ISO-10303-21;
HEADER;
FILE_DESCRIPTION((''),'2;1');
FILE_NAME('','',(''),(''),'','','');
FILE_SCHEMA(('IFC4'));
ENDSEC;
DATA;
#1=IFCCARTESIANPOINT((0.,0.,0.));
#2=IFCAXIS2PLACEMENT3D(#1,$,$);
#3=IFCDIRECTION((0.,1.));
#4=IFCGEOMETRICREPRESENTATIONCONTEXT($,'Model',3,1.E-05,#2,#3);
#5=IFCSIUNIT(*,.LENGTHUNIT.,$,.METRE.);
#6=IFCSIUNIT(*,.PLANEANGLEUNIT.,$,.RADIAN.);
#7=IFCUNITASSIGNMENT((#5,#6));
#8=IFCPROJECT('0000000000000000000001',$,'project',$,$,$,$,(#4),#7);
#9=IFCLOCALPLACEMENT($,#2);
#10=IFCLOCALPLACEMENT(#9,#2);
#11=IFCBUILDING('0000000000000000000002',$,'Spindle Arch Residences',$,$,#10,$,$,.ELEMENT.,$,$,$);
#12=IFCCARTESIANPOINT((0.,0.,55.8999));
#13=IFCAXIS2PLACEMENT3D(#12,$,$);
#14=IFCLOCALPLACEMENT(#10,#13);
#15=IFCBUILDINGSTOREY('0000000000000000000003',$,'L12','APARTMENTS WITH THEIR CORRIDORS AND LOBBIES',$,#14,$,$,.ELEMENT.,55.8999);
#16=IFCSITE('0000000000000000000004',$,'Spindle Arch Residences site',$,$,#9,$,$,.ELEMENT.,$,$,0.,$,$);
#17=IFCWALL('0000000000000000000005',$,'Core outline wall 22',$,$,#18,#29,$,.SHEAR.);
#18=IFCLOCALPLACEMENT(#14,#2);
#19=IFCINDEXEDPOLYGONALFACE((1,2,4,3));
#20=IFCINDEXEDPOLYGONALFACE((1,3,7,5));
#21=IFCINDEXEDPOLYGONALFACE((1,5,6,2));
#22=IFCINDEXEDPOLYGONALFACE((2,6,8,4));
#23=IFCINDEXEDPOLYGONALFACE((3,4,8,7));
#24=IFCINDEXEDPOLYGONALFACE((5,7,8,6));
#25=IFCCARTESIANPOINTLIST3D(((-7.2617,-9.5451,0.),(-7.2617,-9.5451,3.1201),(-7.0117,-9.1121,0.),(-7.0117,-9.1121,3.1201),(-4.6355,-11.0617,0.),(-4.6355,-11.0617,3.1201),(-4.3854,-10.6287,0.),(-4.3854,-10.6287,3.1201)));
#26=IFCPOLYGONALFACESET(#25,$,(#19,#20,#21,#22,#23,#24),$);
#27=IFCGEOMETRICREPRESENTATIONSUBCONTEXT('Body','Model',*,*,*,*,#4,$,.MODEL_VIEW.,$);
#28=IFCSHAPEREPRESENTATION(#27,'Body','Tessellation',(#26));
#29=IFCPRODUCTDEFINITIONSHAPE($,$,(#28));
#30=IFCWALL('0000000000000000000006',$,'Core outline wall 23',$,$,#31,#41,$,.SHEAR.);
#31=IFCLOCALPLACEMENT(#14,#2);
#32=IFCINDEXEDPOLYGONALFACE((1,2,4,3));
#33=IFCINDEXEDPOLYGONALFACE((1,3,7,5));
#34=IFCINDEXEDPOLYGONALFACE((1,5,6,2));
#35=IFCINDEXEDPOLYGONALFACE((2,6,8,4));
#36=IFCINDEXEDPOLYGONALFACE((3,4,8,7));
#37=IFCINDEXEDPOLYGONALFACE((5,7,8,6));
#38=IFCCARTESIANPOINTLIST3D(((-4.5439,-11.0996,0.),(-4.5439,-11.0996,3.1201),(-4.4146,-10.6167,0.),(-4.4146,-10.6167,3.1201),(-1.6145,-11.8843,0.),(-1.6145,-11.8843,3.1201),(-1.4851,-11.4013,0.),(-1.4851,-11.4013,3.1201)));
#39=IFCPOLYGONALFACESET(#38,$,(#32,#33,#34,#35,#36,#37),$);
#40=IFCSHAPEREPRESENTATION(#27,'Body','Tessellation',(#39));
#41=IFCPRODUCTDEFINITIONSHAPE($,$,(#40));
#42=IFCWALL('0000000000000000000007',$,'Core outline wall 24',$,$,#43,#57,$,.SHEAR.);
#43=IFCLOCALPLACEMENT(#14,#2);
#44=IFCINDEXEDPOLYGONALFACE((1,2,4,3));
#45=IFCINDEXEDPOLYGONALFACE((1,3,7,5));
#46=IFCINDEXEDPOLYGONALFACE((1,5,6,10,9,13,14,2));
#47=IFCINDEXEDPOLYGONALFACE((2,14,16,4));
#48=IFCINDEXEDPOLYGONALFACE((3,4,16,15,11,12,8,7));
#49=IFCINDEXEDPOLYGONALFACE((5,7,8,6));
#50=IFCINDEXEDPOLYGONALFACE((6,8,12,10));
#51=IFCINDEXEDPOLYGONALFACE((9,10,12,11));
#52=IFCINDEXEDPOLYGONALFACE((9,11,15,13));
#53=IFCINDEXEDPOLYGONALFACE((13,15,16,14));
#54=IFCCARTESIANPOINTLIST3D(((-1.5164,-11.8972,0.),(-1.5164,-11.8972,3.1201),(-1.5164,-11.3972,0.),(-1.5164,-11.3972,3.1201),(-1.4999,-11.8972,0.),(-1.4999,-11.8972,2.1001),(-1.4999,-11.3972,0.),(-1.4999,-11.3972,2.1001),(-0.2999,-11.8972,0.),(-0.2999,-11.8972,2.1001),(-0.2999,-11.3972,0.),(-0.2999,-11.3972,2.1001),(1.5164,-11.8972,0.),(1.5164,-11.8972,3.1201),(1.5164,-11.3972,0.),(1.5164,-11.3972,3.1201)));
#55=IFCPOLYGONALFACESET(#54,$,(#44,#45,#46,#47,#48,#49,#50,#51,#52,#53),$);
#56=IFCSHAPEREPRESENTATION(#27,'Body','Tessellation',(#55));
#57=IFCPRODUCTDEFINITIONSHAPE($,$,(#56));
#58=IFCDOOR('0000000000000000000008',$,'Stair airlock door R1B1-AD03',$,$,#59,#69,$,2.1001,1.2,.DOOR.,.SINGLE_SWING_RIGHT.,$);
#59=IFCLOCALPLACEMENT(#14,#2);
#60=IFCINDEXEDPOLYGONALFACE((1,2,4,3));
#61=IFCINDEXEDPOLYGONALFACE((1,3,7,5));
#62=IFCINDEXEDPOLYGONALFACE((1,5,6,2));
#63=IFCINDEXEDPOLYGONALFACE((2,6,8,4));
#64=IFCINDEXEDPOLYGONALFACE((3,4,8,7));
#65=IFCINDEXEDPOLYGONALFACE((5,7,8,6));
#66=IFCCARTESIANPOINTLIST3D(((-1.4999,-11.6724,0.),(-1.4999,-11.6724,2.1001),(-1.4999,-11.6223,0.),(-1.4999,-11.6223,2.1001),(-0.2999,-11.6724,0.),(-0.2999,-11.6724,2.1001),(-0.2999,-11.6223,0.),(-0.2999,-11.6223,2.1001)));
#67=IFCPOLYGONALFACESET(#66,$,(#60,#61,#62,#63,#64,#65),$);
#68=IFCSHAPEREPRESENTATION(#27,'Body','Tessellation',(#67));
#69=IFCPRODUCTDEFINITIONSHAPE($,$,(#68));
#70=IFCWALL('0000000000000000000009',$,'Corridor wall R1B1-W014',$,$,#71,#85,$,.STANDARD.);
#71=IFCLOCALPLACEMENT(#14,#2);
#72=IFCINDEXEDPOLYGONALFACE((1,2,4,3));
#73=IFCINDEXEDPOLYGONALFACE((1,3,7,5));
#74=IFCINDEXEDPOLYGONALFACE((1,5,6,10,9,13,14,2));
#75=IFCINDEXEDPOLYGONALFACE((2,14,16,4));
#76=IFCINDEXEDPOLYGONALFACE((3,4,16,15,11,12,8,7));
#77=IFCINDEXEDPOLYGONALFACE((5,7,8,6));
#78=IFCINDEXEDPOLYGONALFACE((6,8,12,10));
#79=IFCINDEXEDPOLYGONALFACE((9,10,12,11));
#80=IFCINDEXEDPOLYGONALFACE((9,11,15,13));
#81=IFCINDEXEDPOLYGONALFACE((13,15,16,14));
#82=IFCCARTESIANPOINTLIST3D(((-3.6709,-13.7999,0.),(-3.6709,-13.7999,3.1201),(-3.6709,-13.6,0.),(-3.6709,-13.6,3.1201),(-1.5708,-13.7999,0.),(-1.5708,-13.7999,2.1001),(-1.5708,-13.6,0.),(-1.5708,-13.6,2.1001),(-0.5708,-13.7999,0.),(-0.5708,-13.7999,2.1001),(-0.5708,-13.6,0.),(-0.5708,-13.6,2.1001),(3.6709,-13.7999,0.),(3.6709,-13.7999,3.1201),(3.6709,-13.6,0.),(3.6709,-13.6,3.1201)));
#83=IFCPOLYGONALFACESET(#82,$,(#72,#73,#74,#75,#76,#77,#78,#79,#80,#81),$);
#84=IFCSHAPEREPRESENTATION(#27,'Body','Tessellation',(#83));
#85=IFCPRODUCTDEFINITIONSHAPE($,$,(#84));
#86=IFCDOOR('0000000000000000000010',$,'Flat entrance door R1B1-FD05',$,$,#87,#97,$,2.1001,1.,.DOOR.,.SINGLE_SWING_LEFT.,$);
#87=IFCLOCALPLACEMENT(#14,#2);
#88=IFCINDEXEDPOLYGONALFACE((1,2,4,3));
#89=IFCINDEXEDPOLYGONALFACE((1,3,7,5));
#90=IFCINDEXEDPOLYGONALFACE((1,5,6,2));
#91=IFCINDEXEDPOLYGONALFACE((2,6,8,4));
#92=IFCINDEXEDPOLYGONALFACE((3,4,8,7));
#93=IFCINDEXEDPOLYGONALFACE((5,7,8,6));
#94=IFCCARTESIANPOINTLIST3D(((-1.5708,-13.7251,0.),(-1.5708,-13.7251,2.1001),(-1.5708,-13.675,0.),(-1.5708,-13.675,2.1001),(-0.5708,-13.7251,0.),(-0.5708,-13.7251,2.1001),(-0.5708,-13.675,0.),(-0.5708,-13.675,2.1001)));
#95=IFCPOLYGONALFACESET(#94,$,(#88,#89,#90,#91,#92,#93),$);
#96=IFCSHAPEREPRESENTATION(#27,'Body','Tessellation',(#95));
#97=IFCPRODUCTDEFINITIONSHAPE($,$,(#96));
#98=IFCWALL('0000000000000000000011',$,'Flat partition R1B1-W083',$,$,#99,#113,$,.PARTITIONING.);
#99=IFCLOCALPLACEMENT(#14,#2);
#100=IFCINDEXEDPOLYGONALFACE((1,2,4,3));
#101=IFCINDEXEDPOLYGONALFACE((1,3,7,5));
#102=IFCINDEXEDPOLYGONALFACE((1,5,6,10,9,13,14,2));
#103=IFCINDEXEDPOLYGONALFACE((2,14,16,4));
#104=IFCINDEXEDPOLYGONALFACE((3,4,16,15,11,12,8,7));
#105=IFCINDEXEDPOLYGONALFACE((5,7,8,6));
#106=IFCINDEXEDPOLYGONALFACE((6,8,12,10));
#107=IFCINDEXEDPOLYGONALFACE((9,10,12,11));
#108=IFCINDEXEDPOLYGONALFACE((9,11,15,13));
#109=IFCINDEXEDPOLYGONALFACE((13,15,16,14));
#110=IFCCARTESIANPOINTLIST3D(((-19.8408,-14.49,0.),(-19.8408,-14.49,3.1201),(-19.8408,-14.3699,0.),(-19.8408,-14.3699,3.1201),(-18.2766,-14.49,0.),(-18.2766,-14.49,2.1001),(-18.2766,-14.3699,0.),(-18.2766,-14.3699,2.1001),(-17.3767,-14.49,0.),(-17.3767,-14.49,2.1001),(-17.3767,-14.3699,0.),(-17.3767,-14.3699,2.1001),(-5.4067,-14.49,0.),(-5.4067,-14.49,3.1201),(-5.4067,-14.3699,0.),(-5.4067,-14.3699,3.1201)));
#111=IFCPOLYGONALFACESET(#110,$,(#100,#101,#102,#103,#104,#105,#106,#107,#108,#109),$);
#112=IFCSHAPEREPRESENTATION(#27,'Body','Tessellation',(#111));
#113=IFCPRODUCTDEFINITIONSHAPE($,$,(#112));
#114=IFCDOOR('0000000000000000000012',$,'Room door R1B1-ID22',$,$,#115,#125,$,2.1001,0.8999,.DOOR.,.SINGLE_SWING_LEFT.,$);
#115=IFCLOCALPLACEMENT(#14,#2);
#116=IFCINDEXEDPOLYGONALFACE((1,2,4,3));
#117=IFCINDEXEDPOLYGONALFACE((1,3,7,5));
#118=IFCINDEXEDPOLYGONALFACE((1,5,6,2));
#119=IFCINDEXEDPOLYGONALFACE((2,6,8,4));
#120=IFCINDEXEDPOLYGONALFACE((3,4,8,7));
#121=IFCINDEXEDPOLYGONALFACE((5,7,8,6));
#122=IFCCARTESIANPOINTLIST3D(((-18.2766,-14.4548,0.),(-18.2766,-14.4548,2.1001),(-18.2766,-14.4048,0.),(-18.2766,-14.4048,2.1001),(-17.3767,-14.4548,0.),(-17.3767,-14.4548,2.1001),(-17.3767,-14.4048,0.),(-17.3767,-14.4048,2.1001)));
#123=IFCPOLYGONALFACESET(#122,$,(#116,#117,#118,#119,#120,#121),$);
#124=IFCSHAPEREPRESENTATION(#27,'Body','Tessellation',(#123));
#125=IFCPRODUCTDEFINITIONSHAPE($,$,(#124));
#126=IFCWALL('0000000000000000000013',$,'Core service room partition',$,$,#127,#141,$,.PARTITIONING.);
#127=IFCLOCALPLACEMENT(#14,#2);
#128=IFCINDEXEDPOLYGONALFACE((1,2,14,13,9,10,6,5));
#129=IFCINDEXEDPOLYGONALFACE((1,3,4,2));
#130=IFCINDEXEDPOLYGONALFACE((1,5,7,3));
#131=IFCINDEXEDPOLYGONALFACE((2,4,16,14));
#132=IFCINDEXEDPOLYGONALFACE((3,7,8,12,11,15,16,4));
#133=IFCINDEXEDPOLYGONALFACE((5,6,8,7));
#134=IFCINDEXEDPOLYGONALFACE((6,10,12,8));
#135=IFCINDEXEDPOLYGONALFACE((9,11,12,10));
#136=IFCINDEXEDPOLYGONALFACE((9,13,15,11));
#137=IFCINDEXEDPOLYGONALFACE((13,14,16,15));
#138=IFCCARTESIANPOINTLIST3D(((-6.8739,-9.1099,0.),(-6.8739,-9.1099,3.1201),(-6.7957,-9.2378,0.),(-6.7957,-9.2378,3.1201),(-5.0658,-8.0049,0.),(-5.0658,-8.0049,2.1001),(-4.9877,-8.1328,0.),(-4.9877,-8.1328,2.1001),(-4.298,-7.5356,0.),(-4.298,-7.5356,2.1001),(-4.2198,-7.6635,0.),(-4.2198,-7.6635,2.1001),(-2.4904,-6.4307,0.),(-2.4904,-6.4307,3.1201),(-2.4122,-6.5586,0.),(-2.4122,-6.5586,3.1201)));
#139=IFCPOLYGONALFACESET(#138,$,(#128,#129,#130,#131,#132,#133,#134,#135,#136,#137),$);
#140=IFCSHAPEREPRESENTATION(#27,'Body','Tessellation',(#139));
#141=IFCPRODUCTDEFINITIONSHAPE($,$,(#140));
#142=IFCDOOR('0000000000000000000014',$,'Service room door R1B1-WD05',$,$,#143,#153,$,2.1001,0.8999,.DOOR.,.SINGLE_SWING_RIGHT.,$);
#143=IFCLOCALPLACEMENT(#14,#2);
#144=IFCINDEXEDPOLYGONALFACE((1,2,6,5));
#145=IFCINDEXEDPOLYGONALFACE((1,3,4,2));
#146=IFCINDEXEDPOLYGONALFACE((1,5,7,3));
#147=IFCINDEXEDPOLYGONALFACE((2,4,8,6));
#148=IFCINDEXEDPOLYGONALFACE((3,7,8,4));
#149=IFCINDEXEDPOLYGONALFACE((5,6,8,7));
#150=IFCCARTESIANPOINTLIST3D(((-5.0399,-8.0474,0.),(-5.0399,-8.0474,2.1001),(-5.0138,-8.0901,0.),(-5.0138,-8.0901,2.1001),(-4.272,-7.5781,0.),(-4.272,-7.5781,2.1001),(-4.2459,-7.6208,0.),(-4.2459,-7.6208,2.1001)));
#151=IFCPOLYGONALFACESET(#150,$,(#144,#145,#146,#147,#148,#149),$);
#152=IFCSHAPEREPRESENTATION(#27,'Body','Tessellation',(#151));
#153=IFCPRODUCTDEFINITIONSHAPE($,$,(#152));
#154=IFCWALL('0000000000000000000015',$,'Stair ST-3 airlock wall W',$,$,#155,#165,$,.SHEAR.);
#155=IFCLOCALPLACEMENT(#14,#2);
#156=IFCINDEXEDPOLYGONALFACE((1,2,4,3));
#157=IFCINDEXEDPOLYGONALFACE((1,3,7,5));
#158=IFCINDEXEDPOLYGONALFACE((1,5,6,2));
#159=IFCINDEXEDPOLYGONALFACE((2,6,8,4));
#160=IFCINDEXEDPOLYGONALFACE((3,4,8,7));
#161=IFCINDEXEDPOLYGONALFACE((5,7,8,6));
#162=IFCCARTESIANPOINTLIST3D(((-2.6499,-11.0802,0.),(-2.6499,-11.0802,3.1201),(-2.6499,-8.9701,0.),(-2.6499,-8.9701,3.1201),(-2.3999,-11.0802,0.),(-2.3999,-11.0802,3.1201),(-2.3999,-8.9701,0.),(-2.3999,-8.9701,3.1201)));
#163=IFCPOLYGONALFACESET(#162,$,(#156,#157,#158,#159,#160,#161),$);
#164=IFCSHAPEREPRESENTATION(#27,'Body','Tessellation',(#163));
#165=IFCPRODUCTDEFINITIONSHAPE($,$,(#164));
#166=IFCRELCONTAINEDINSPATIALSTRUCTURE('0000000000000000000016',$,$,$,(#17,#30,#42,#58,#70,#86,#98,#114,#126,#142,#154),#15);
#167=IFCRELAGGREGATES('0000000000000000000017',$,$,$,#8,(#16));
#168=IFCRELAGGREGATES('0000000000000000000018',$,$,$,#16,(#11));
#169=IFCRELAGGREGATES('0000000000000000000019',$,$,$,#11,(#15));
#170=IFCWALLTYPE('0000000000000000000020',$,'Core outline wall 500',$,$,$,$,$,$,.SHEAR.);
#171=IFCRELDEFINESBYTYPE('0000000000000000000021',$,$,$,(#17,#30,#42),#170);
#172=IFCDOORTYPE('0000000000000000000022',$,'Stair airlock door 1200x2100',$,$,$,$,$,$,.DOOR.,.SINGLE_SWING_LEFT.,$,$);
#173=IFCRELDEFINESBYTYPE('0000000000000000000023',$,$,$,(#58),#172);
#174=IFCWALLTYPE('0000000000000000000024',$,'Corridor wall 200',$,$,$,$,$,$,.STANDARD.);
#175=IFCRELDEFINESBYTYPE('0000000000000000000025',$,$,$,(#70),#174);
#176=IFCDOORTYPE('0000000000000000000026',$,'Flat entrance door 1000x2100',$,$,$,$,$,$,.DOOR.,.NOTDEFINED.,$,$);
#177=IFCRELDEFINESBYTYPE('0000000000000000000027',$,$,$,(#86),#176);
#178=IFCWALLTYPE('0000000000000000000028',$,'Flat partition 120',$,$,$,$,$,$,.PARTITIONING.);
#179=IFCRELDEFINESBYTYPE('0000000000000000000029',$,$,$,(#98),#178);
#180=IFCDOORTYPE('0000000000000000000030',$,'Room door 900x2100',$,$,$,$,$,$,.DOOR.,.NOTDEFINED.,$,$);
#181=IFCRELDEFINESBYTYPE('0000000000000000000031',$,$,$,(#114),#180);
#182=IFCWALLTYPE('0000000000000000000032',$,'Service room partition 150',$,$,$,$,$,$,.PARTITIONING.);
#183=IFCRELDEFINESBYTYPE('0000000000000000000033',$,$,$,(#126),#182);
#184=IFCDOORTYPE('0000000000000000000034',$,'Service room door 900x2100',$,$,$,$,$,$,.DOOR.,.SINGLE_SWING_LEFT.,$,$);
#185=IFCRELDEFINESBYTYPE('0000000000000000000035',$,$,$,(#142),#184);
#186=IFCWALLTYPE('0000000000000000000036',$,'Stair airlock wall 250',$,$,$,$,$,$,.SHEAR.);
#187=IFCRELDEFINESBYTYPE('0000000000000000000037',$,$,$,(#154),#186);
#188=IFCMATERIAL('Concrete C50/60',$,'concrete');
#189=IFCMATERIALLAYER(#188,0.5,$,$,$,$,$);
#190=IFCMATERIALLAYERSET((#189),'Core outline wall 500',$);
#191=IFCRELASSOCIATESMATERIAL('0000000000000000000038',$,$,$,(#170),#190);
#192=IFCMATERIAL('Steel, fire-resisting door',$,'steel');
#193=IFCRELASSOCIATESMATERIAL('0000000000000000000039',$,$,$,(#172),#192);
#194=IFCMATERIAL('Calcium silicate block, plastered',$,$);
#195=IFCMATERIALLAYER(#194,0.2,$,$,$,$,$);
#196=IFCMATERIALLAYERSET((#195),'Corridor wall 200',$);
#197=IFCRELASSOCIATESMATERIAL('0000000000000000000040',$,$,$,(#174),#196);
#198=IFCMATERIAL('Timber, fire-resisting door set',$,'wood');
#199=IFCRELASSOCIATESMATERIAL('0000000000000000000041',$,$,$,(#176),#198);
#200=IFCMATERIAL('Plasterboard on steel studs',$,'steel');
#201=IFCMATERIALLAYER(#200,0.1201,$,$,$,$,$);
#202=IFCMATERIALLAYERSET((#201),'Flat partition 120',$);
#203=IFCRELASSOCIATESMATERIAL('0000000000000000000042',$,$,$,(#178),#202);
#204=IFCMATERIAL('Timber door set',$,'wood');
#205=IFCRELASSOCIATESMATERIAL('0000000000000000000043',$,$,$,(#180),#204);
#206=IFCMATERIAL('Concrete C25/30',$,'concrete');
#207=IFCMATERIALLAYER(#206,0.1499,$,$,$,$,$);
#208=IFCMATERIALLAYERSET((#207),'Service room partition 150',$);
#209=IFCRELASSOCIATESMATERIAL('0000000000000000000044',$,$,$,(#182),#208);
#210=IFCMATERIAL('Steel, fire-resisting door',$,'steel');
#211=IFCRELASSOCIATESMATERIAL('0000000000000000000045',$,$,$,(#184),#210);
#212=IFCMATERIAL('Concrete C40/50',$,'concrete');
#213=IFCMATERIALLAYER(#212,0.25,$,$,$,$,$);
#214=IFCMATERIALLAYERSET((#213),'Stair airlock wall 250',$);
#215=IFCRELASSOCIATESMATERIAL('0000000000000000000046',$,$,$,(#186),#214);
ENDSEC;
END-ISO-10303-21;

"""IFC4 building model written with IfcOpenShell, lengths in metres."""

from ifc_helpers import new_model, si_unit, direction, frame, frame_2d, origin, place, context, subcontext, project, spatial, rectangle, extrude, material, layer, layer_set, type_object, element, fill, save


model = new_model("IFC4")

# Units and contexts
model_context = context("Model", 3, precision=1e-05, world=origin(), true_north=direction((0.0, 1.0)))
body_context = subcontext(model_context, "Body", "Model", "MODEL_VIEW")
ifc_project = project(units=[si_unit("LENGTHUNIT", "METRE"), si_unit("PLANEANGLEUNIT", "RADIAN")], contexts=[model_context])

# Site, building, storey
site_placement = place(None, origin())
site = spatial("IfcSite", under=ifc_project, at=site_placement, Name="Spindle Arch Residences site", CompositionType="ELEMENT", RefElevation=0.0)
building_placement = place(site_placement, origin())
building = spatial("IfcBuilding", under=site, at=building_placement, Name="Spindle Arch Residences", CompositionType="ELEMENT")
storey_placement = place(building_placement, frame((0.0, 0.0, 55.8999)))
storey = spatial("IfcBuildingStorey", under=building, at=storey_placement, Name="L12", Description="APARTMENTS WITH THEIR CORRIDORS AND LOBBIES", CompositionType="ELEMENT", Elevation=55.8999)

# Walls
ifc_material_1 = material(Name="Concrete C50/60", Category="concrete")
ifc_layer_1 = layer(ifc_material_1, 0.5)
ifc_layer_set_1 = layer_set([ifc_layer_1], Name="Core outline wall 500")
wall_type_1 = type_object("IfcWallType", Name="Core outline wall 500", PredefinedType="SHEAR", material=ifc_layer_set_1)
for number, where, z_axis, x_axis, name in (
    (1, (-7.1367, -9.3286, 0.0), (0.0, 0.0, 1.0), (0.865975, -0.500087, 0.0), "Core outline wall 22"),
    (2, (-4.4792, -10.8582, 0.0), (0.0, 0.0, 1.0), (0.965948, -0.258735, 0.0), "Core outline wall 23"),
):
    element("IfcWall", number, at=place(storey_placement, frame(where, z_axis=z_axis, x_axis=x_axis)), inside=storey, type_object=wall_type_1, Name=name, PredefinedType="SHEAR", context=body_context, shape_type="SweptSolid", body=[
        extrude(rectangle(XDim=3.0327, YDim=0.5, at=frame_2d((1.5164, 0.0))), origin(), (0.0, 0.0, 1.0), 3.1201),
    ])

# Walls, openings, doors
wall_1_placement = place(storey_placement, frame((-1.5164, -11.6472, 0.0), z_axis=(0.0, 0.0, 1.0), x_axis=(1.0, 0.0, 0.0)))
wall_1 = element("IfcWall", 3, at=wall_1_placement, inside=storey, type_object=wall_type_1, Name="Core outline wall 24", PredefinedType="SHEAR", context=body_context, shape_type="SweptSolid", body=[
    extrude(rectangle(XDim=3.0327, YDim=0.5, at=frame_2d((1.5164, 0.0))), origin(), (0.0, 0.0, 1.0), 3.1201),
])
opening_1_placement = place(wall_1_placement, frame((0.0164, 0.0, 0.0)))
opening_1 = element("IfcOpeningElement", 4, at=opening_1_placement, cuts=wall_1, PredefinedType="OPENING", context=body_context, shape_type="SweptSolid", body=[
    extrude(rectangle(XDim=1.2, YDim=2.1001, at=frame_2d((0.6001, 1.05))), frame((0.0, 0.26, 0.0), z_axis=(0.0, -1.0, 0.0), x_axis=(1.0, 0.0, 0.0)), (0.0, 0.0, 1.0), 0.52),
])
ifc_material_2 = material(Name="Steel, fire-resisting door", Category="steel")
door_type_1 = type_object("IfcDoorType", Name="Stair airlock door 1200x2100", OperationType="SINGLE_SWING_LEFT", PredefinedType="DOOR", material=ifc_material_2)
door_1_placement = place(opening_1_placement, origin())
door_1 = element("IfcDoor", 5, at=door_1_placement, inside=storey, type_object=door_type_1, Name="Stair airlock door R1B1-AD03", OperationType="SINGLE_SWING_RIGHT", OverallHeight=2.1001, OverallWidth=1.2, PredefinedType="DOOR", context=body_context, shape_type="SweptSolid", body=[
    extrude(rectangle(XDim=1.2, YDim=2.1001, at=frame_2d((0.6001, 1.05))), frame((0.0, 0.0249, 0.0), z_axis=(0.0, -1.0, 0.0), x_axis=(1.0, 0.0, 0.0)), (0.0, 0.0, 1.0), 0.05),
])
fill(opening_1, door_1)
ifc_material_3 = material(Name="Calcium silicate block, plastered")
ifc_layer_2 = layer(ifc_material_3, 0.2)
ifc_layer_set_2 = layer_set([ifc_layer_2], Name="Corridor wall 200")
wall_type_2 = type_object("IfcWallType", Name="Corridor wall 200", PredefinedType="STANDARD", material=ifc_layer_set_2)
wall_2_placement = place(storey_placement, frame((-3.6709, -13.7, 0.0), z_axis=(0.0, 0.0, 1.0), x_axis=(1.0, 0.0, 0.0)))
wall_2 = element("IfcWall", 6, at=wall_2_placement, inside=storey, type_object=wall_type_2, Name="Corridor wall R1B1-W014", PredefinedType="STANDARD", context=body_context, shape_type="SweptSolid", body=[
    extrude(rectangle(XDim=7.3418, YDim=0.2, at=frame_2d((3.6709, 0.0))), origin(), (0.0, 0.0, 1.0), 3.1201),
])
opening_2_placement = place(wall_2_placement, frame((2.1001, 0.0, 0.0)))
opening_2 = element("IfcOpeningElement", 7, at=opening_2_placement, cuts=wall_2, PredefinedType="OPENING", context=body_context, shape_type="SweptSolid", body=[
    extrude(rectangle(XDim=1.0, YDim=2.1001, at=frame_2d((0.5, 1.05))), frame((0.0, 0.1099, 0.0), z_axis=(0.0, -1.0, 0.0), x_axis=(1.0, 0.0, 0.0)), (0.0, 0.0, 1.0), 0.22),
])
ifc_material_4 = material(Name="Timber, fire-resisting door set", Category="wood")
door_type_2 = type_object("IfcDoorType", Name="Flat entrance door 1000x2100", OperationType="NOTDEFINED", PredefinedType="DOOR", material=ifc_material_4)
door_2_placement = place(opening_2_placement, origin())
door_2 = element("IfcDoor", 8, at=door_2_placement, inside=storey, type_object=door_type_2, Name="Flat entrance door R1B1-FD05", OperationType="SINGLE_SWING_LEFT", OverallHeight=2.1001, OverallWidth=1.0, PredefinedType="DOOR", context=body_context, shape_type="SweptSolid", body=[
    extrude(rectangle(XDim=1.0, YDim=2.1001, at=frame_2d((0.5, 1.05))), frame((0.0, 0.0249, 0.0), z_axis=(0.0, -1.0, 0.0), x_axis=(1.0, 0.0, 0.0)), (0.0, 0.0, 1.0), 0.05),
])
fill(opening_2, door_2)
ifc_material_5 = material(Name="Plasterboard on steel studs", Category="steel")
ifc_layer_3 = layer(ifc_material_5, 0.1201)
ifc_layer_set_3 = layer_set([ifc_layer_3], Name="Flat partition 120")
wall_type_3 = type_object("IfcWallType", Name="Flat partition 120", PredefinedType="PARTITIONING", material=ifc_layer_set_3)
wall_3_placement = place(storey_placement, frame((-5.4067, -14.4299, 0.0), z_axis=(0.0, 0.0, 1.0), x_axis=(-1.0, 0.0, 0.0)))
wall_3 = element("IfcWall", 9, at=wall_3_placement, inside=storey, type_object=wall_type_3, Name="Flat partition R1B1-W083", PredefinedType="PARTITIONING", context=body_context, shape_type="SweptSolid", body=[
    extrude(rectangle(XDim=14.4341, YDim=0.1201, at=frame_2d((7.217, 0.0))), origin(), (0.0, 0.0, 1.0), 3.1201),
])
opening_3_placement = place(wall_3_placement, frame((11.97, 0.0, 0.0)))
opening_3 = element("IfcOpeningElement", 10, at=opening_3_placement, cuts=wall_3, PredefinedType="OPENING", context=body_context, shape_type="SweptSolid", body=[
    extrude(rectangle(XDim=0.8999, YDim=2.1001, at=frame_2d((0.45, 1.05))), frame((0.0, 0.0701, 0.0), z_axis=(0.0, -1.0, 0.0), x_axis=(1.0, 0.0, 0.0)), (0.0, 0.0, 1.0), 0.1401),
])
ifc_material_6 = material(Name="Timber door set", Category="wood")
door_type_3 = type_object("IfcDoorType", Name="Room door 900x2100", OperationType="NOTDEFINED", PredefinedType="DOOR", material=ifc_material_6)
door_3_placement = place(opening_3_placement, origin())
door_3 = element("IfcDoor", 11, at=door_3_placement, inside=storey, type_object=door_type_3, Name="Room door R1B1-ID22", OperationType="SINGLE_SWING_LEFT", OverallHeight=2.1001, OverallWidth=0.8999, PredefinedType="DOOR", context=body_context, shape_type="SweptSolid", body=[
    extrude(rectangle(XDim=0.8999, YDim=2.1001, at=frame_2d((0.45, 1.05))), frame((0.0, 0.0249, 0.0), z_axis=(0.0, -1.0, 0.0), x_axis=(1.0, 0.0, 0.0)), (0.0, 0.0, 1.0), 0.05),
])
fill(opening_3, door_3)
ifc_material_7 = material(Name="Concrete C25/30", Category="concrete")
ifc_layer_4 = layer(ifc_material_7, 0.1499)
ifc_layer_set_4 = layer_set([ifc_layer_4], Name="Service room partition 150")
wall_type_4 = type_object("IfcWallType", Name="Service room partition 150", PredefinedType="PARTITIONING", material=ifc_layer_set_4)
wall_4_placement = place(storey_placement, frame((-2.4512, -6.4946, 0.0), z_axis=(0.0, 0.0, 1.0), x_axis=(-0.85325, -0.521502, 0.0)))
wall_4 = element("IfcWall", 12, at=wall_4_placement, inside=storey, type_object=wall_type_4, Name="Core service room partition", PredefinedType="PARTITIONING", context=body_context, shape_type="SweptSolid", body=[
    extrude(rectangle(XDim=5.1375, YDim=0.1499, at=frame_2d((2.5688, 0.0))), origin(), (0.0, 0.0, 1.0), 3.1201),
])
opening_4_placement = place(wall_4_placement, frame((2.1187, 0.0, 0.0)))
opening_4 = element("IfcOpeningElement", 13, at=opening_4_placement, cuts=wall_4, PredefinedType="OPENING", context=body_context, shape_type="SweptSolid", body=[
    extrude(rectangle(XDim=0.8999, YDim=2.1001, at=frame_2d((0.45, 1.05))), frame((0.0, 0.085, 0.0), z_axis=(0.0, -1.0, 0.0), x_axis=(1.0, 0.0, 0.0)), (0.0, 0.0, 1.0), 0.1699),
])
ifc_material_8 = material(Name="Steel, fire-resisting door", Category="steel")
door_type_4 = type_object("IfcDoorType", Name="Service room door 900x2100", OperationType="SINGLE_SWING_LEFT", PredefinedType="DOOR", material=ifc_material_8)
door_4_placement = place(opening_4_placement, origin())
door_4 = element("IfcDoor", 14, at=door_4_placement, inside=storey, type_object=door_type_4, Name="Service room door R1B1-WD05", OperationType="SINGLE_SWING_RIGHT", OverallHeight=2.1001, OverallWidth=0.8999, PredefinedType="DOOR", context=body_context, shape_type="SweptSolid", body=[
    extrude(rectangle(XDim=0.8999, YDim=2.1001, at=frame_2d((0.45, 1.05))), frame((0.0, 0.0249, 0.0), z_axis=(0.0, -1.0, 0.0), x_axis=(1.0, 0.0, 0.0)), (0.0, 0.0, 1.0), 0.05),
])
fill(opening_4, door_4)

# Wall
ifc_material_9 = material(Name="Concrete C40/50", Category="concrete")
ifc_layer_5 = layer(ifc_material_9, 0.25)
ifc_layer_set_5 = layer_set([ifc_layer_5], Name="Stair airlock wall 250")
wall_type_5 = type_object("IfcWallType", Name="Stair airlock wall 250", PredefinedType="SHEAR", material=ifc_layer_set_5)
wall_5_placement = place(storey_placement, frame((-2.5249, -8.97, 0.0), z_axis=(0.0, 0.0, 1.0), x_axis=(0.0, -1.0, 0.0)))
element("IfcWall", 15, at=wall_5_placement, inside=storey, type_object=wall_type_5, Name="Stair ST-3 airlock wall W", PredefinedType="SHEAR", context=body_context, shape_type="SweptSolid", body=[
    extrude(rectangle(XDim=2.1101, YDim=0.25, at=frame_2d((1.0552, 0.0))), origin(), (0.0, 0.0, 1.0), 3.1201),
])

save(model, "model.ifc")
